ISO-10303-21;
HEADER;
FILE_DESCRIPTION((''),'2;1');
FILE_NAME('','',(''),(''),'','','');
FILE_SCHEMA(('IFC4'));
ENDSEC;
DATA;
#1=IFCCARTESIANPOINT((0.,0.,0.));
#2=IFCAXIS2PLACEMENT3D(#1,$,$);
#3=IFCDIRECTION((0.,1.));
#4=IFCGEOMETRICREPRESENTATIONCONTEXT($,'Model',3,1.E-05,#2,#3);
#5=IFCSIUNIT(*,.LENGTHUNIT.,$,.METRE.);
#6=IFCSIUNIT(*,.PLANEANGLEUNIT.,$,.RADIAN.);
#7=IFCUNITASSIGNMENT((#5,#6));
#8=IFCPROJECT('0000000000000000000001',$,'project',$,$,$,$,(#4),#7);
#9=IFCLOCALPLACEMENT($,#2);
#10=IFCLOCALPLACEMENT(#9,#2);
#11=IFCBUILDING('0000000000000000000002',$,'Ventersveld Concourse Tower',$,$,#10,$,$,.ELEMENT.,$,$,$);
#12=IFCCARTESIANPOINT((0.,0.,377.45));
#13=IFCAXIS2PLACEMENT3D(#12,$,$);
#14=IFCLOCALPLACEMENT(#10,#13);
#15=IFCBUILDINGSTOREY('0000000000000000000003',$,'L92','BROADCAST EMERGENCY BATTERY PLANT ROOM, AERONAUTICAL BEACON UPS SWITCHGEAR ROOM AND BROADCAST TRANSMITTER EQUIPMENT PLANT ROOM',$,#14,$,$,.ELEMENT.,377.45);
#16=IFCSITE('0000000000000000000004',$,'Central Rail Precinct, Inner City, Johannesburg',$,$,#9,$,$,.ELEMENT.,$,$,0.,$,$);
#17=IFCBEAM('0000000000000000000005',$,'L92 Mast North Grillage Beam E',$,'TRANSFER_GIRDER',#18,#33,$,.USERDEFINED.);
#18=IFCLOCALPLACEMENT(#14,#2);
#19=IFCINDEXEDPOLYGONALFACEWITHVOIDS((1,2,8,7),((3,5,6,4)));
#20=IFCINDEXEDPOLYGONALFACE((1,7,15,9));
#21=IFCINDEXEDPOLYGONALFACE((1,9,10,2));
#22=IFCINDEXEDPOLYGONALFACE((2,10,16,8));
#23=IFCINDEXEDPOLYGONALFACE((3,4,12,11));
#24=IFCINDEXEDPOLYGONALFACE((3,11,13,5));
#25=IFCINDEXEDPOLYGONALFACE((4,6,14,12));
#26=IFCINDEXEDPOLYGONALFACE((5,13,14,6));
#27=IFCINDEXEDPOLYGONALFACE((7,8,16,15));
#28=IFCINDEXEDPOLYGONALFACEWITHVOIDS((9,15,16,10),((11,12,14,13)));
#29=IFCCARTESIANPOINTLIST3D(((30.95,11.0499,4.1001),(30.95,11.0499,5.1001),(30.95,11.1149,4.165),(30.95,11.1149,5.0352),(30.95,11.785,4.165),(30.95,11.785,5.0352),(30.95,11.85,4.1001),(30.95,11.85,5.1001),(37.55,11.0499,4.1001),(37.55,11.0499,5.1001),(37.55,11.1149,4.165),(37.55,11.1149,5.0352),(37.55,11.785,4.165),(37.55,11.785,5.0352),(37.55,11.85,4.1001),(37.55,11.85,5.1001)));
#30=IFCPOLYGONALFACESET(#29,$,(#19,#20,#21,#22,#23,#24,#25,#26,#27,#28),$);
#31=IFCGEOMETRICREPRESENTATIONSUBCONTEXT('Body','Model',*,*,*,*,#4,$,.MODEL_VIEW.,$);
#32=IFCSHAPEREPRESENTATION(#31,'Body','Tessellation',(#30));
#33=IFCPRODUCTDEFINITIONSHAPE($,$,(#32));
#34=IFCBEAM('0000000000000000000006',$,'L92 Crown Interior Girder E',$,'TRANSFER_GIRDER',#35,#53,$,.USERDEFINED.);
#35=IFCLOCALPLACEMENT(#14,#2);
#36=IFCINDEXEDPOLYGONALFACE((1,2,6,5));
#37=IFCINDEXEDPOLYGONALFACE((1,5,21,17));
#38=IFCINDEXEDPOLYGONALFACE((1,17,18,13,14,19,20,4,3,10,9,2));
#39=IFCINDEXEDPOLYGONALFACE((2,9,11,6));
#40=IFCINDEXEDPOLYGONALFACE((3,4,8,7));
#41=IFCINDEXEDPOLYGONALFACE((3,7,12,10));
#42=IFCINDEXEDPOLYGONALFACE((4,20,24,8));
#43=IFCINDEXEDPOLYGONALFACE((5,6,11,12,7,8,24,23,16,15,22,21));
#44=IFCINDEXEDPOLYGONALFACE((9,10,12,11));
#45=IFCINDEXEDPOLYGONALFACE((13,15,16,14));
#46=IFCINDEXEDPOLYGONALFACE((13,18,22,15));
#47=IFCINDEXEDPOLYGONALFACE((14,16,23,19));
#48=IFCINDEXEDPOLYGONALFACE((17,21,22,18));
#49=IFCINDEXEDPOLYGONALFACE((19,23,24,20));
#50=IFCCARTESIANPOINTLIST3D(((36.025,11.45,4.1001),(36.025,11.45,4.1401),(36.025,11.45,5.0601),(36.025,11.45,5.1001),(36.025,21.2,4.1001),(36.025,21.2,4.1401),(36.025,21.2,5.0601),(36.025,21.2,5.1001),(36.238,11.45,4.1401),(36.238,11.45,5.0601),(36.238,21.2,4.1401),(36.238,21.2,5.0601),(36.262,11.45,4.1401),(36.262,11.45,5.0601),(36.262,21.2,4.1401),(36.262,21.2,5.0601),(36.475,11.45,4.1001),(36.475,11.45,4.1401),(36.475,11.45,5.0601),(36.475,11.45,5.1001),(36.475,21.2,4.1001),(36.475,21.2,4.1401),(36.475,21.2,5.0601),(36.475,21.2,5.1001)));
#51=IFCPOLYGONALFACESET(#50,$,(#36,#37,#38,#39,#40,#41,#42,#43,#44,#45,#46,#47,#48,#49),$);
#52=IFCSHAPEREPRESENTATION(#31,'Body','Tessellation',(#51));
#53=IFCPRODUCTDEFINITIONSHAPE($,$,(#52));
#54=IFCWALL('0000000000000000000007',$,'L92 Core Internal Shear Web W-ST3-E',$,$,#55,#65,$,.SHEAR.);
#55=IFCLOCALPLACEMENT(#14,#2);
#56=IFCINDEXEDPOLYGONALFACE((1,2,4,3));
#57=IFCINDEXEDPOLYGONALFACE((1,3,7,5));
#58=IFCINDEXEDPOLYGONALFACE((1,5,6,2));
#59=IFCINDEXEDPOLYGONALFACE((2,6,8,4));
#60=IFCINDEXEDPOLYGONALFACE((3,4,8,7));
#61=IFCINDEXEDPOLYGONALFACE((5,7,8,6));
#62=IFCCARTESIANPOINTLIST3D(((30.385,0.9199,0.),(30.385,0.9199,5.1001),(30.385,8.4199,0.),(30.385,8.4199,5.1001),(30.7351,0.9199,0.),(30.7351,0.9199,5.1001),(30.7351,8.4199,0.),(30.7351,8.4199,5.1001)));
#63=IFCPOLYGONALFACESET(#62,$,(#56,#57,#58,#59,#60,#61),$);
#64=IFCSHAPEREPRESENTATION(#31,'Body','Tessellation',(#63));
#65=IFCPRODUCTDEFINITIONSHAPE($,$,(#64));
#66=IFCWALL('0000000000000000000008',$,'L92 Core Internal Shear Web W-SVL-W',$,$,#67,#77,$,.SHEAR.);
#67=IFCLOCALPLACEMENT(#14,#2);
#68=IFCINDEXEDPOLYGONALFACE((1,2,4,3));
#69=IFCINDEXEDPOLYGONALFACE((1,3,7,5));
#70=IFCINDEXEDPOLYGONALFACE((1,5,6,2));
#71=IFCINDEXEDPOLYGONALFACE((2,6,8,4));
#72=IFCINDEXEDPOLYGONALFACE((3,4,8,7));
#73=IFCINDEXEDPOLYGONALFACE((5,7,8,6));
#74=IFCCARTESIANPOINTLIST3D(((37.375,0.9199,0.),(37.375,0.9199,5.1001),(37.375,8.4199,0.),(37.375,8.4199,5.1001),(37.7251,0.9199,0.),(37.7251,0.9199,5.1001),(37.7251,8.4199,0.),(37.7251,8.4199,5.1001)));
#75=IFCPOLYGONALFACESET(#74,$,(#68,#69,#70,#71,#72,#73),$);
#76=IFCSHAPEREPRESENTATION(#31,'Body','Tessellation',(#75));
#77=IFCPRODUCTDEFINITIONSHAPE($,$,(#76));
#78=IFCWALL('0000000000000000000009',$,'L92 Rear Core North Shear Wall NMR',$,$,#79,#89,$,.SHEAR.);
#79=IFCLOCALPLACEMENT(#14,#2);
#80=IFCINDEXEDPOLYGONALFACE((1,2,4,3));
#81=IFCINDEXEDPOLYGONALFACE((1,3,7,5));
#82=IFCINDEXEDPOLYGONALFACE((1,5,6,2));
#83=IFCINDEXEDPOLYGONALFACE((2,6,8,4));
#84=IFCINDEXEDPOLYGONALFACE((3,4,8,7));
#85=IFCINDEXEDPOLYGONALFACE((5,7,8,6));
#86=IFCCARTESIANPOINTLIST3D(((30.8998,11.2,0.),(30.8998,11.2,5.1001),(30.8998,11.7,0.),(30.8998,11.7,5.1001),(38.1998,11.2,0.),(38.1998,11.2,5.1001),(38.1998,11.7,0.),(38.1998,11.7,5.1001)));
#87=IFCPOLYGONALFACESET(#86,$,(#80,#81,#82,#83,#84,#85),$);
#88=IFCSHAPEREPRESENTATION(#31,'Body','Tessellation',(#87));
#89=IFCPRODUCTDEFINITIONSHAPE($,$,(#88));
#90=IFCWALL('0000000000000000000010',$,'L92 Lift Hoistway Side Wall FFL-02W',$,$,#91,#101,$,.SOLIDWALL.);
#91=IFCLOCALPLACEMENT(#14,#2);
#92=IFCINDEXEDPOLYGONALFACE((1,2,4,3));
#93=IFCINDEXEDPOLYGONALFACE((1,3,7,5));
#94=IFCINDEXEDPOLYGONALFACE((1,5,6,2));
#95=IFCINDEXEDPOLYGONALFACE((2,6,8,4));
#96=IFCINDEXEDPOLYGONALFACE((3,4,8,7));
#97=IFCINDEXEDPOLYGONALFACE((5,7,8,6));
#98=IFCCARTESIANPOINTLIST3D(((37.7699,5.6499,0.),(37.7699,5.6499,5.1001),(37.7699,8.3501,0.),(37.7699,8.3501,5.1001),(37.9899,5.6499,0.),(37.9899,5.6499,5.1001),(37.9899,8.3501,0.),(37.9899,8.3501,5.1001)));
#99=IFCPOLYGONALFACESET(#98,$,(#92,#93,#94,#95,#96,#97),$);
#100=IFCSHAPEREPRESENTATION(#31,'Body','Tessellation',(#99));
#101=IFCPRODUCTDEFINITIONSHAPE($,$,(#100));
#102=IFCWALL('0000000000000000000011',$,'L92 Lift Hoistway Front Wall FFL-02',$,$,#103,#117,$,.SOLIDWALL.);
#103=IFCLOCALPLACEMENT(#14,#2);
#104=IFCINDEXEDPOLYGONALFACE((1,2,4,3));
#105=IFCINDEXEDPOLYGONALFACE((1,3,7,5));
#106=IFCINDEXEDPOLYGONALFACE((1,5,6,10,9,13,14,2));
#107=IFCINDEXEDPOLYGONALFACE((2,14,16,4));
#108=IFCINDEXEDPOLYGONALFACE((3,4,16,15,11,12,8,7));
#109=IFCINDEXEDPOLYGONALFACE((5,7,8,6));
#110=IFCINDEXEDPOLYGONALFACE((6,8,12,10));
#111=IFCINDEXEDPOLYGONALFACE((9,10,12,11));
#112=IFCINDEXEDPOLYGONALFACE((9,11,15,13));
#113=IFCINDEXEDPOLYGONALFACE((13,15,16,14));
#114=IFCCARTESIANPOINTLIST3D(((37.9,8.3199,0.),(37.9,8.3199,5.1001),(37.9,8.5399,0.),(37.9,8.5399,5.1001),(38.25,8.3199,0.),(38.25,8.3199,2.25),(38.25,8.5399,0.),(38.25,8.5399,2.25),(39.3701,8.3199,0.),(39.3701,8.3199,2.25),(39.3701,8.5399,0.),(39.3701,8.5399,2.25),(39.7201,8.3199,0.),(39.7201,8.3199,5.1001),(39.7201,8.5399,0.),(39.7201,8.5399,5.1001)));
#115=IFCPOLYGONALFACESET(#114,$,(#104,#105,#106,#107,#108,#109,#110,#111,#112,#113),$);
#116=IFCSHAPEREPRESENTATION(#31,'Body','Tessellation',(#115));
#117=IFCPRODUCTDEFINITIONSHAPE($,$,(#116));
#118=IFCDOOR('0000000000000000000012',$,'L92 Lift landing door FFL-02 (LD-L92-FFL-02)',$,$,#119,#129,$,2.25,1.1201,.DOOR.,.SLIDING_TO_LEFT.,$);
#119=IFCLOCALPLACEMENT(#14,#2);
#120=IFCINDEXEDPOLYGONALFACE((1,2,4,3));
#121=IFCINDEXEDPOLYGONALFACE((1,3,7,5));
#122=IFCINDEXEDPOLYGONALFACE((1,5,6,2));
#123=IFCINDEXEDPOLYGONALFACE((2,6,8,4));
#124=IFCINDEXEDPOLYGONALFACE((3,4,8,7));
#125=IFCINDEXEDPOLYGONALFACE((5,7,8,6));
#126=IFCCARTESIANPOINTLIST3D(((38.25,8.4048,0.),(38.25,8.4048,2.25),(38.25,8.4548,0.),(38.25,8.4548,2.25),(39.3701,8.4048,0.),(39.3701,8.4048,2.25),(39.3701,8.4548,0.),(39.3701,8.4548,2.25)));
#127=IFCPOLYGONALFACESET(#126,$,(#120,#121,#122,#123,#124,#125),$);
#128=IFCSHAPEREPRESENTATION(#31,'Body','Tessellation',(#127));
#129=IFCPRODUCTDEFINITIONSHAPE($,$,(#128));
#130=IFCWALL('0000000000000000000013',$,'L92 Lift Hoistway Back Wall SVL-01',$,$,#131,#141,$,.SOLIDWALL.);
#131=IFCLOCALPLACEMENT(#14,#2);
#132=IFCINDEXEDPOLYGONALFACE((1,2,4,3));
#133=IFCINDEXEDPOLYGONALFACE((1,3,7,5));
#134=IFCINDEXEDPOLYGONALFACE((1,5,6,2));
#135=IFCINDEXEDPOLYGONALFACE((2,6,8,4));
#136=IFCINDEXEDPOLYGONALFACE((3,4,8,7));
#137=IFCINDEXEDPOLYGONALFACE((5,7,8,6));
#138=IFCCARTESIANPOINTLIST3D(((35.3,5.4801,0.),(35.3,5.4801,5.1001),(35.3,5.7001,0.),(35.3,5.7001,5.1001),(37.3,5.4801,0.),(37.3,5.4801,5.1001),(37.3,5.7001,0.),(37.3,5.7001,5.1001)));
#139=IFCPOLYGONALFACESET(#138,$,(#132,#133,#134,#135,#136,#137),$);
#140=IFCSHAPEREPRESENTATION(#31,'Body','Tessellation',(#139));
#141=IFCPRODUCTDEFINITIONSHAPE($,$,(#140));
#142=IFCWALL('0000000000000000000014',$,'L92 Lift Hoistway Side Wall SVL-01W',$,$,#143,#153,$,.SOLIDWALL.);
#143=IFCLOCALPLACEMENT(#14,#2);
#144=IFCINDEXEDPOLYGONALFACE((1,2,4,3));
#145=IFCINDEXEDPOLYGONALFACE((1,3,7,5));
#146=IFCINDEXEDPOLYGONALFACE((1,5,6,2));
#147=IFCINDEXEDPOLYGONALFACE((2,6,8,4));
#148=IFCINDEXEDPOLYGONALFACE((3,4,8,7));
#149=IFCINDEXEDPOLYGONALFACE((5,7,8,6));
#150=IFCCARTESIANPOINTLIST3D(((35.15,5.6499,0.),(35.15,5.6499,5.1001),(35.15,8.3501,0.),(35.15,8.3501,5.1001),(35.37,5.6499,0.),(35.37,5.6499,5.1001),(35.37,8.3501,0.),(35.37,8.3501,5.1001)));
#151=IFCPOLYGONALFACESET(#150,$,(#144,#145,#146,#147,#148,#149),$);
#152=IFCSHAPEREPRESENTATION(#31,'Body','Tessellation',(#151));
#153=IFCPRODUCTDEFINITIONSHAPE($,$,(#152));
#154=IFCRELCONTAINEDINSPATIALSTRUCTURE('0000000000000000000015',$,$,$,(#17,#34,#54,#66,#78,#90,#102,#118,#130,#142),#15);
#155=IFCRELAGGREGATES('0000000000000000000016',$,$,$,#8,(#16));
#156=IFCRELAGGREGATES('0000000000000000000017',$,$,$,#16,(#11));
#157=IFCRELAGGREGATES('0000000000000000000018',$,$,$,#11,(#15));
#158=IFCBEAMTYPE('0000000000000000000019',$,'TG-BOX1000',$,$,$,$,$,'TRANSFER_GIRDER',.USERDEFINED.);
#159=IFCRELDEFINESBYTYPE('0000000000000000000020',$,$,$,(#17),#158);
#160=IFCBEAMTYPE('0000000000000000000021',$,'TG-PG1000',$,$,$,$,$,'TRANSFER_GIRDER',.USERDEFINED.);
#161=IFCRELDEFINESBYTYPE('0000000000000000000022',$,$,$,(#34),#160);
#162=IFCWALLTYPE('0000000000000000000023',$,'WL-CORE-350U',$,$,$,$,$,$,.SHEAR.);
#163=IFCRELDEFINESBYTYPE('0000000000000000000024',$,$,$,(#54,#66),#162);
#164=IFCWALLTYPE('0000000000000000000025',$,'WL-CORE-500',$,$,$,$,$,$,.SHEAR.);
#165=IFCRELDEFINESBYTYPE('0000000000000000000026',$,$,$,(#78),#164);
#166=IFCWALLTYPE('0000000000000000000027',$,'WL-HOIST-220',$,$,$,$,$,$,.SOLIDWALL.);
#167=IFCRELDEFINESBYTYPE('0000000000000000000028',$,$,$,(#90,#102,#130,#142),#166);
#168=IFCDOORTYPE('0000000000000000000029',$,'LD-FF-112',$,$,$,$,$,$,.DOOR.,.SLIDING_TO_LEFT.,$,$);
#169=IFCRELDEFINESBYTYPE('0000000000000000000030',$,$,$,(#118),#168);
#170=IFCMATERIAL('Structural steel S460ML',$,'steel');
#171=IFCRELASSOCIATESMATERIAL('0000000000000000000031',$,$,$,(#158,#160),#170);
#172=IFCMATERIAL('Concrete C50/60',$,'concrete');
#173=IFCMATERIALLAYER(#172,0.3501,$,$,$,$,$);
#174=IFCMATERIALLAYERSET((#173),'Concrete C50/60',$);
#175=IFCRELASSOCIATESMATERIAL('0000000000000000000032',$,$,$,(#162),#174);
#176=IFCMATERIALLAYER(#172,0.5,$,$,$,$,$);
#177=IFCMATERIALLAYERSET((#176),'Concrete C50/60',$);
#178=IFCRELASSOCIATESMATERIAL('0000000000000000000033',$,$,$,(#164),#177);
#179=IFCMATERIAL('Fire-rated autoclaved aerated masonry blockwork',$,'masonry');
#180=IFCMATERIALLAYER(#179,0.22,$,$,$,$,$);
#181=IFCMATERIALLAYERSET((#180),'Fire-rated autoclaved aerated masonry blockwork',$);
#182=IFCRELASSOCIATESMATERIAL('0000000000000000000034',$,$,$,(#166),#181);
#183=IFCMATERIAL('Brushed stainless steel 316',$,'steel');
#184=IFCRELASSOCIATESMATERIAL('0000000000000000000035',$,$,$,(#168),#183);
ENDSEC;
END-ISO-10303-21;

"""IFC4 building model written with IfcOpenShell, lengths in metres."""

from ifc_helpers import new_model, si_unit, direction, frame, frame_2d, origin, origin_2d, place, context, subcontext, project, spatial, rectangle, hollow_rectangle, i_section, extrude, material, layer, layer_set, material_profile, profile_set, type_object, element, fill, save


model = new_model("IFC4")

# Units and contexts
model_context = context("Model", 3, precision=1e-05, world=origin(), true_north=direction((0.0, 1.0)))
body_context = subcontext(model_context, "Body", "Model", "MODEL_VIEW")
ifc_project = project(units=[si_unit("LENGTHUNIT", "METRE"), si_unit("PLANEANGLEUNIT", "RADIAN")], contexts=[model_context])

# Site, building, storey
site_placement = place(None, origin())
site = spatial("IfcSite", under=ifc_project, at=site_placement, Name="Central Rail Precinct, Inner City, Johannesburg", CompositionType="ELEMENT", RefElevation=0.0)
building_placement = place(site_placement, origin())
building = spatial("IfcBuilding", under=site, at=building_placement, Name="Ventersveld Concourse Tower", CompositionType="ELEMENT")
storey_placement = place(building_placement, frame((0.0, 0.0, 377.45)))
storey = spatial("IfcBuildingStorey", under=building, at=storey_placement, Name="L92", Description="BROADCAST EMERGENCY BATTERY PLANT ROOM, AERONAUTICAL BEACON UPS SWITCHGEAR ROOM AND BROADCAST TRANSMITTER EQUIPMENT PLANT ROOM", CompositionType="ELEMENT", Elevation=377.45)

# Beams
ifc_material_1 = material(Name="Structural steel S460ML", Category="steel")
ifc_material_profile_1 = material_profile(ifc_material_1, hollow_rectangle(XDim=0.8, YDim=1.0, WallThickness=0.0649, at=origin_2d()), Name="BOX 1000x800x65")
ifc_profile_set_1 = profile_set([ifc_material_profile_1], Name="Structural steel S460ML")
beam_type_1 = type_object("IfcBeamType", Name="TG-BOX1000", ElementType="TRANSFER_GIRDER", PredefinedType="USERDEFINED", material=ifc_profile_set_1)
beam_1_placement = place(storey_placement, frame((30.95, 11.45, 4.6001), z_axis=(1.0, 0.0, 0.0), x_axis=(0.0, 1.0, 0.0)))
element("IfcBeam", 1, at=beam_1_placement, inside=storey, type_object=beam_type_1, Name="L92 Mast North Grillage Beam E", ObjectType="TRANSFER_GIRDER", PredefinedType="USERDEFINED", context=body_context, shape_type="SweptSolid", body=[
    extrude(hollow_rectangle(XDim=0.8, YDim=1.0, WallThickness=0.0649, at=origin_2d()), origin(), (0.0, 0.0, 1.0), 6.6001),
])
ifc_material_profile_2 = material_profile(ifc_material_1, i_section(OverallWidth=0.45, OverallDepth=1.0, WebThickness=0.0239, FlangeThickness=0.04, at=origin_2d()), Name="PG 1000x450x40")
ifc_profile_set_2 = profile_set([ifc_material_profile_2], Name="Structural steel S460ML")
beam_type_2 = type_object("IfcBeamType", Name="TG-PG1000", ElementType="TRANSFER_GIRDER", PredefinedType="USERDEFINED", material=ifc_profile_set_2)
beam_2_placement = place(storey_placement, frame((36.25, 11.45, 4.6001), z_axis=(0.0, 1.0, 0.0), x_axis=(-1.0, 0.0, 0.0)))
element("IfcBeam", 2, at=beam_2_placement, inside=storey, type_object=beam_type_2, Name="L92 Crown Interior Girder E", ObjectType="TRANSFER_GIRDER", PredefinedType="USERDEFINED", context=body_context, shape_type="SweptSolid", body=[
    extrude(i_section(OverallWidth=0.45, OverallDepth=1.0, WebThickness=0.0239, FlangeThickness=0.04, at=origin_2d()), origin(), (0.0, 0.0, 1.0), 9.75),
])

# Walls
ifc_material_2 = material(Name="Concrete C50/60", Category="concrete")
ifc_layer_1 = layer(ifc_material_2, 0.3501)
ifc_layer_set_1 = layer_set([ifc_layer_1], Name="Concrete C50/60")
wall_type_1 = type_object("IfcWallType", Name="WL-CORE-350U", PredefinedType="SHEAR", material=ifc_layer_set_1)
for number, where, z_axis, x_axis, name in (
    (3, (30.5601, 0.9199, 0.0), (0.0, 0.0, 1.0), (0.0, 1.0, 0.0), "L92 Core Internal Shear Web W-ST3-E"),
    (4, (37.55, 0.9199, 0.0), (0.0, 0.0, 1.0), (0.0, 1.0, 0.0), "L92 Core Internal Shear Web W-SVL-W"),
):
    element("IfcWall", number, at=place(storey_placement, frame(where, z_axis=z_axis, x_axis=x_axis)), inside=storey, type_object=wall_type_1, Name=name, PredefinedType="SHEAR", context=body_context, shape_type="SweptSolid", body=[
        extrude(rectangle(XDim=7.5, YDim=0.3501, at=frame_2d((3.75, 0.0))), origin(), (0.0, 0.0, 1.0), 5.1001),
    ])
ifc_layer_2 = layer(ifc_material_2, 0.5)
ifc_layer_set_2 = layer_set([ifc_layer_2], Name="Concrete C50/60")
wall_type_2 = type_object("IfcWallType", Name="WL-CORE-500", PredefinedType="SHEAR", material=ifc_layer_set_2)
wall_1_placement = place(storey_placement, frame((30.8999, 11.45, 0.0), z_axis=(0.0, 0.0, 1.0), x_axis=(1.0, 0.0, 0.0)))
element("IfcWall", 5, at=wall_1_placement, inside=storey, type_object=wall_type_2, Name="L92 Rear Core North Shear Wall NMR", PredefinedType="SHEAR", context=body_context, shape_type="SweptSolid", body=[
    extrude(rectangle(XDim=7.3, YDim=0.5, at=frame_2d((3.6499, 0.0))), origin(), (0.0, 0.0, 1.0), 5.1001),
])
ifc_material_3 = material(Name="Fire-rated autoclaved aerated masonry blockwork", Category="masonry")
ifc_layer_3 = layer(ifc_material_3, 0.22)
ifc_layer_set_3 = layer_set([ifc_layer_3], Name="Fire-rated autoclaved aerated masonry blockwork")
wall_type_3 = type_object("IfcWallType", Name="WL-HOIST-220", PredefinedType="SOLIDWALL", material=ifc_layer_set_3)
wall_2_placement = place(storey_placement, frame((37.8799, 5.6499, 0.0), z_axis=(0.0, 0.0, 1.0), x_axis=(0.0, 1.0, 0.0)))
element("IfcWall", 6, at=wall_2_placement, inside=storey, type_object=wall_type_3, Name="L92 Lift Hoistway Side Wall FFL-02W", PredefinedType="SOLIDWALL", context=body_context, shape_type="SweptSolid", body=[
    extrude(rectangle(XDim=2.7002, YDim=0.22, at=frame_2d((1.3501, 0.0))), origin(), (0.0, 0.0, 1.0), 5.1001),
])

# Wall, opening, door
wall_3_placement = place(storey_placement, frame((37.8999, 8.4299, 0.0), z_axis=(0.0, 0.0, 1.0), x_axis=(1.0, 0.0, 0.0)))
wall_3 = element("IfcWall", 7, at=wall_3_placement, inside=storey, type_object=wall_type_3, Name="L92 Lift Hoistway Front Wall FFL-02", PredefinedType="SOLIDWALL", context=body_context, shape_type="SweptSolid", body=[
    extrude(rectangle(XDim=1.8201, YDim=0.22, at=frame_2d((0.9102, 0.0))), origin(), (0.0, 0.0, 1.0), 5.1001),
])
opening_1_placement = place(wall_3_placement, frame((0.3501, 0.0, 0.0)))
opening_1 = element("IfcOpeningElement", 8, at=opening_1_placement, cuts=wall_3, PredefinedType="OPENING", context=body_context, shape_type="SweptSolid", body=[
    extrude(rectangle(XDim=1.1201, YDim=2.25, at=frame_2d((0.5601, 1.125))), frame((0.0, 0.1201, 0.0), z_axis=(0.0, -1.0, 0.0), x_axis=(1.0, 0.0, 0.0)), (0.0, 0.0, 1.0), 0.24),
])
ifc_material_4 = material(Name="Brushed stainless steel 316", Category="steel")
door_type_1 = type_object("IfcDoorType", Name="LD-FF-112", OperationType="SLIDING_TO_LEFT", PredefinedType="DOOR", material=ifc_material_4)
door_1_placement = place(opening_1_placement, origin())
door_1 = element("IfcDoor", 9, at=door_1_placement, inside=storey, type_object=door_type_1, Name="L92 Lift landing door FFL-02 (LD-L92-FFL-02)", OperationType="SLIDING_TO_LEFT", OverallHeight=2.25, OverallWidth=1.1201, PredefinedType="DOOR", context=body_context, shape_type="SweptSolid", body=[
    extrude(rectangle(XDim=1.1201, YDim=2.25, at=frame_2d((0.5601, 1.125))), frame((0.0, 0.0249, 0.0), z_axis=(0.0, -1.0, 0.0), x_axis=(1.0, 0.0, 0.0)), (0.0, 0.0, 1.0), 0.05),
])
fill(opening_1, door_1)

# Walls
wall_4_placement = place(storey_placement, frame((35.3, 5.5901, 0.0), z_axis=(0.0, 0.0, 1.0), x_axis=(1.0, 0.0, 0.0)))
element("IfcWall", 10, at=wall_4_placement, inside=storey, type_object=wall_type_3, Name="L92 Lift Hoistway Back Wall SVL-01", PredefinedType="SOLIDWALL", context=body_context, shape_type="SweptSolid", body=[
    extrude(rectangle(XDim=2.0, YDim=0.22, at=frame_2d((1.0, 0.0))), origin(), (0.0, 0.0, 1.0), 5.1001),
])
wall_5_placement = place(storey_placement, frame((35.26, 5.6499, 0.0), z_axis=(0.0, 0.0, 1.0), x_axis=(0.0, 1.0, 0.0)))
element("IfcWall", 11, at=wall_5_placement, inside=storey, type_object=wall_type_3, Name="L92 Lift Hoistway Side Wall SVL-01W", PredefinedType="SOLIDWALL", context=body_context, shape_type="SweptSolid", body=[
    extrude(rectangle(XDim=2.7002, YDim=0.22, at=frame_2d((1.3501, 0.0))), origin(), (0.0, 0.0, 1.0), 5.1001),
])

save(model, "model.ifc")
